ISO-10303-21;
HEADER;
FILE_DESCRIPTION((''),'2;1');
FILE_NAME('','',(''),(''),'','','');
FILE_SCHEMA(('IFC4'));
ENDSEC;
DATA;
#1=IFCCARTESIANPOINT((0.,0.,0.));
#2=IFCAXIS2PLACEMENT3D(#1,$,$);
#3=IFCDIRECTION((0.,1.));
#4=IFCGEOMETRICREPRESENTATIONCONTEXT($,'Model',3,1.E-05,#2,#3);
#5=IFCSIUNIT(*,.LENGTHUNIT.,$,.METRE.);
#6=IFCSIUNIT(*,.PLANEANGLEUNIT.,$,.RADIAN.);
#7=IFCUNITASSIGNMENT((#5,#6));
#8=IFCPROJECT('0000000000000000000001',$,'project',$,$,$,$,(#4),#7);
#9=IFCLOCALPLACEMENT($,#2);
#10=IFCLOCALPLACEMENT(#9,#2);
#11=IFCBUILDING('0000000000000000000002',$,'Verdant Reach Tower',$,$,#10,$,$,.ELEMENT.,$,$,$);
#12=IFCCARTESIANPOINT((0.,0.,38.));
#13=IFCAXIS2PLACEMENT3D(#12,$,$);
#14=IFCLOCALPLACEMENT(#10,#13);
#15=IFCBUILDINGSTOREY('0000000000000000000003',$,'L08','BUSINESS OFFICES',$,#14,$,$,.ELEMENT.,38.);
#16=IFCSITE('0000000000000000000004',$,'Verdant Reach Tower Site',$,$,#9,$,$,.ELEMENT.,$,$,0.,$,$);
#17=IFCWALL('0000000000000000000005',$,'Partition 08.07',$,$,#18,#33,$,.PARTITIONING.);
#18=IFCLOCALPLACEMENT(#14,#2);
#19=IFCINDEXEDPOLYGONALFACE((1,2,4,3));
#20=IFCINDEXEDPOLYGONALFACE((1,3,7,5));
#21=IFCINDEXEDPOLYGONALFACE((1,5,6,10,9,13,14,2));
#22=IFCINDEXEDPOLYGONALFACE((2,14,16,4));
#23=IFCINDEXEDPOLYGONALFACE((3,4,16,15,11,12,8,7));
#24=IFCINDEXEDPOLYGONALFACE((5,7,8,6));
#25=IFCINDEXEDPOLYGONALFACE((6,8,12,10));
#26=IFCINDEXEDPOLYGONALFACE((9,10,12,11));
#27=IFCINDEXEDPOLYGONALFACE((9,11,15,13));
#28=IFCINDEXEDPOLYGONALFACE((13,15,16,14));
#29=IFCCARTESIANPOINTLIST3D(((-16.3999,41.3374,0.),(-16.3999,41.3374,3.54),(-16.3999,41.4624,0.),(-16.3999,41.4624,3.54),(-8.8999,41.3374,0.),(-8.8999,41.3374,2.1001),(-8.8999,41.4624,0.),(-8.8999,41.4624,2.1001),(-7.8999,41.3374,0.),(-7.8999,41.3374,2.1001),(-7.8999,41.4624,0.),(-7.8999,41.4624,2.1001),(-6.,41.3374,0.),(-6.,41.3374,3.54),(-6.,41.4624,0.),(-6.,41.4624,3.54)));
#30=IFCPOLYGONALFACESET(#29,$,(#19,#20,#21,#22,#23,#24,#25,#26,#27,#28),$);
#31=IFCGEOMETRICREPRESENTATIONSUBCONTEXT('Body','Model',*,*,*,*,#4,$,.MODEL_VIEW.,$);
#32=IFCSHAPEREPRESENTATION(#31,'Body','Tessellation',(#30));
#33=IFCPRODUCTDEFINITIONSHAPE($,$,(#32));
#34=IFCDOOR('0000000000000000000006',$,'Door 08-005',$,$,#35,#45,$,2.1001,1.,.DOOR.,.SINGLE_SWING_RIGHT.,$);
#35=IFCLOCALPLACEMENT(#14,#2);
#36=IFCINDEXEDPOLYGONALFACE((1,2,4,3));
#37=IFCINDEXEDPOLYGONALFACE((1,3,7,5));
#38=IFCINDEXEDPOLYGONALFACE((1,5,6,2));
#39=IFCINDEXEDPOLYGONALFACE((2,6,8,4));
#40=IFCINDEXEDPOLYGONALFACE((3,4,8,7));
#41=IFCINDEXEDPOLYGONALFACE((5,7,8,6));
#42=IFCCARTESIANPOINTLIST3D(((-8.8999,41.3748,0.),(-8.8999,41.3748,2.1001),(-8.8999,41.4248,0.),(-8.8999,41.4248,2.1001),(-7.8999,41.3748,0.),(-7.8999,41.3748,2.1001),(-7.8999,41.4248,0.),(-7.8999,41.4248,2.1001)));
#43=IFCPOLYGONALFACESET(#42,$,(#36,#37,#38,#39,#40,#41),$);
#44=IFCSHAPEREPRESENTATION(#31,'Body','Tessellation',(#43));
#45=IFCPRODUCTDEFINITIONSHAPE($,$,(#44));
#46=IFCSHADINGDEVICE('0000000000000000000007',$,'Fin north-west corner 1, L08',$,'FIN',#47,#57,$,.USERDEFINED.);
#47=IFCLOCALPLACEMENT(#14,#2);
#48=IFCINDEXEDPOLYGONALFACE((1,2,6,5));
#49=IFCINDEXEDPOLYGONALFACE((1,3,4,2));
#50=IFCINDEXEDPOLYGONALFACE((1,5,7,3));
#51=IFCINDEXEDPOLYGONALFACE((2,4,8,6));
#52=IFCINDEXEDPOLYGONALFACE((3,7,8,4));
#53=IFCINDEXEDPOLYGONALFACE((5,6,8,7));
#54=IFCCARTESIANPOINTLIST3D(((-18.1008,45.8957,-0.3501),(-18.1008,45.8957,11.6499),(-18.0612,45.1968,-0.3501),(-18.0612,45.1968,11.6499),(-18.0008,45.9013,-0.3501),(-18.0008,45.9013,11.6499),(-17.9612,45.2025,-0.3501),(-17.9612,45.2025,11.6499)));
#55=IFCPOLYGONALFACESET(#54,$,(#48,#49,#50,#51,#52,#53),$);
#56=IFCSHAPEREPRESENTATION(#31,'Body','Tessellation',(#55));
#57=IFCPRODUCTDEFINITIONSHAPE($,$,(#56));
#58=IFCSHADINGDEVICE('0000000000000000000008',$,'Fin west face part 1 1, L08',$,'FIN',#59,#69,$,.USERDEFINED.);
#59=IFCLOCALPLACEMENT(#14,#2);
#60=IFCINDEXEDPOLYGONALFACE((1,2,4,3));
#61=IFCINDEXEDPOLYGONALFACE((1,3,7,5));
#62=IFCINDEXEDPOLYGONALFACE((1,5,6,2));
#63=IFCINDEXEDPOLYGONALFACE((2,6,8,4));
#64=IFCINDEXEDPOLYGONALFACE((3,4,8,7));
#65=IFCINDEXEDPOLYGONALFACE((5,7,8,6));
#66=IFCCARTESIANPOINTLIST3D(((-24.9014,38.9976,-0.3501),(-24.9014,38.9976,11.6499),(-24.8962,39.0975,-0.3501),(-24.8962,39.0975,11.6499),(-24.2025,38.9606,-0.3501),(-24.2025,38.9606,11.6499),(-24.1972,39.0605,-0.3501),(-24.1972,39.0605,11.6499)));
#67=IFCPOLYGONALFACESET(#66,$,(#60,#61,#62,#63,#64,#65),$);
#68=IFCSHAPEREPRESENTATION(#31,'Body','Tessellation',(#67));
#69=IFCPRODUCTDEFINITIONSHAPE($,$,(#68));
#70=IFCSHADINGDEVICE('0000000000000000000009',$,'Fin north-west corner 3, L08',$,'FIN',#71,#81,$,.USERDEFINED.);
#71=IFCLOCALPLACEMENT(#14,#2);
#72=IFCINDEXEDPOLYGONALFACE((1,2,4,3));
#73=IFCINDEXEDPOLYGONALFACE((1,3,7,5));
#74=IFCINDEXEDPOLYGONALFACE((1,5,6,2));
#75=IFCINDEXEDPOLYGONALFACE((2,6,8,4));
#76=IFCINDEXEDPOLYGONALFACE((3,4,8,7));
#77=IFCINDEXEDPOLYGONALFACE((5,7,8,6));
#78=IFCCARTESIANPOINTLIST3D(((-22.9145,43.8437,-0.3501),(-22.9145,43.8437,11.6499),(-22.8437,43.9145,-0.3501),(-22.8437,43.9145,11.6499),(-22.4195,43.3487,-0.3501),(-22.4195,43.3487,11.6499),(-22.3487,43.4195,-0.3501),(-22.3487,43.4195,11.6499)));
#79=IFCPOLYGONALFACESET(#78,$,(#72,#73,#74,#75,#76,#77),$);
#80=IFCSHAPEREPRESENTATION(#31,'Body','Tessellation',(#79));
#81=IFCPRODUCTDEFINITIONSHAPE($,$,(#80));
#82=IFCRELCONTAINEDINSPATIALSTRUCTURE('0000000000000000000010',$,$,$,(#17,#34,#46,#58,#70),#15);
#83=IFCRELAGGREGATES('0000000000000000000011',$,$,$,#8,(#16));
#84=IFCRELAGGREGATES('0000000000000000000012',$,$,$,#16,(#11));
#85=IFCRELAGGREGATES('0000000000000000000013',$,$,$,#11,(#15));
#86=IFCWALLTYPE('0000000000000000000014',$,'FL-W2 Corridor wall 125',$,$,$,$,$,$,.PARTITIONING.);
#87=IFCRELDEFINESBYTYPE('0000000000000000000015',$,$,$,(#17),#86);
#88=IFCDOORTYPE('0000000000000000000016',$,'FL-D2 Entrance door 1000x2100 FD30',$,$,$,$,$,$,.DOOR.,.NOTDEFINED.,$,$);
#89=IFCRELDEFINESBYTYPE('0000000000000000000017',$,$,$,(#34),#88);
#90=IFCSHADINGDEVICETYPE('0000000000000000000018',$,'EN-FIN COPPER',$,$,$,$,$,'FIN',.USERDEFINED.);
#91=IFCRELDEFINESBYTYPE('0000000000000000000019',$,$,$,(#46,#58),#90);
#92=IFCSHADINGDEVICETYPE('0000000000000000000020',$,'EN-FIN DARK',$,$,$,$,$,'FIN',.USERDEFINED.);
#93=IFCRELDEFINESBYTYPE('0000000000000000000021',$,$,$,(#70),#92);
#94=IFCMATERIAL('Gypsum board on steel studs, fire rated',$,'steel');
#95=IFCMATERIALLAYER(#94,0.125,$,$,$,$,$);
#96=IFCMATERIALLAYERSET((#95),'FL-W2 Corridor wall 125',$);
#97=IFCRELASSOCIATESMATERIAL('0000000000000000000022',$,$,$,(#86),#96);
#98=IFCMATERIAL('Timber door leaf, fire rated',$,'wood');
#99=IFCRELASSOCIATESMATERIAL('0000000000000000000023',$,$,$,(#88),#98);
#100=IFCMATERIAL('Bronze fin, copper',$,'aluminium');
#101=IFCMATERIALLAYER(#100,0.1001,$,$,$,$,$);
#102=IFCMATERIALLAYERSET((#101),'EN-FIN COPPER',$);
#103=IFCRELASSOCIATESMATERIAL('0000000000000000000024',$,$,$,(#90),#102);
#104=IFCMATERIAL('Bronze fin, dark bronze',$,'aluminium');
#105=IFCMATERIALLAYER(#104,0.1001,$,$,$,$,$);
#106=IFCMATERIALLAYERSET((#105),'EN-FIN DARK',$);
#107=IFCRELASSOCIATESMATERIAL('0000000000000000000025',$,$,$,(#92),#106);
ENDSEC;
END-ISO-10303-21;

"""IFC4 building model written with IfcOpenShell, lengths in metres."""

from ifc_helpers import new_model, si_unit, direction, frame, frame_2d, origin, origin_2d, place, context, subcontext, project, spatial, rectangle, extrude, material, layer, layer_set, type_object, element, fill, save


model = new_model("IFC4")

# Units and contexts
model_context = context("Model", 3, precision=1e-05, world=origin(), true_north=direction((0.0, 1.0)))
body_context = subcontext(model_context, "Body", "Model", "MODEL_VIEW")
ifc_project = project(units=[si_unit("LENGTHUNIT", "METRE"), si_unit("PLANEANGLEUNIT", "RADIAN")], contexts=[model_context])

# Site, building, storey
site_placement = place(None, origin())
site = spatial("IfcSite", under=ifc_project, at=site_placement, Name="Verdant Reach Tower Site", CompositionType="ELEMENT", RefElevation=0.0)
building_placement = place(site_placement, origin())
building = spatial("IfcBuilding", under=site, at=building_placement, Name="Verdant Reach Tower", CompositionType="ELEMENT")
storey_placement = place(building_placement, frame((0.0, 0.0, 38.0)))
storey = spatial("IfcBuildingStorey", under=building, at=storey_placement, Name="L08", Description="BUSINESS OFFICES", CompositionType="ELEMENT", Elevation=38.0)

# Wall, opening, door
ifc_material_1 = material(Name="Gypsum board on steel studs, fire rated", Category="steel")
ifc_layer_1 = layer(ifc_material_1, 0.125)
ifc_layer_set_1 = layer_set([ifc_layer_1], Name="FL-W2 Corridor wall 125")
wall_type_1 = type_object("IfcWallType", Name="FL-W2 Corridor wall 125", PredefinedType="PARTITIONING", material=ifc_layer_set_1)
wall_1_placement = place(storey_placement, frame((-16.3999, 41.3999, 0.0), z_axis=(0.0, 0.0, 1.0), x_axis=(1.0, 0.0, 0.0)))
wall_1 = element("IfcWall", 1, at=wall_1_placement, inside=storey, type_object=wall_type_1, Name="Partition 08.07", PredefinedType="PARTITIONING", context=body_context, shape_type="SweptSolid", body=[
    extrude(rectangle(XDim=10.3999, YDim=0.125, at=frame_2d((5.2, 0.0))), origin(), (0.0, 0.0, 1.0), 3.54),
])
opening_placement = place(wall_1_placement, frame((7.5, 0.0, 0.0)))
opening = element("IfcOpeningElement", 2, at=opening_placement, cuts=wall_1, PredefinedType="OPENING", context=body_context, shape_type="SweptSolid", body=[
    extrude(rectangle(XDim=1.0, YDim=2.1001, at=frame_2d((0.5, 1.05))), frame((0.0, 0.0725, 0.0), z_axis=(0.0, -1.0, 0.0), x_axis=(1.0, 0.0, 0.0)), (0.0, 0.0, 1.0), 0.145),
])
ifc_material_2 = material(Name="Timber door leaf, fire rated", Category="wood")
door_type = type_object("IfcDoorType", Name="FL-D2 Entrance door 1000x2100 FD30", OperationType="NOTDEFINED", PredefinedType="DOOR", material=ifc_material_2)
door_placement = place(opening_placement, origin())
door = element("IfcDoor", 3, at=door_placement, inside=storey, type_object=door_type, Name="Door 08-005", OperationType="SINGLE_SWING_RIGHT", OverallHeight=2.1001, OverallWidth=1.0, PredefinedType="DOOR", context=body_context, shape_type="SweptSolid", body=[
    extrude(rectangle(XDim=1.0, YDim=2.1001, at=frame_2d((0.5, 1.05))), frame((0.0, 0.0249, 0.0), z_axis=(0.0, -1.0, 0.0), x_axis=(1.0, 0.0, 0.0)), (0.0, 0.0, 1.0), 0.05),
])
fill(opening, door)

# Shading devices
ifc_material_3 = material(Name="Bronze fin, copper", Category="aluminium")
ifc_layer_2 = layer(ifc_material_3, 0.1001)
ifc_layer_set_2 = layer_set([ifc_layer_2], Name="EN-FIN COPPER")
shading_device_type_1 = type_object("IfcShadingDeviceType", Name="EN-FIN COPPER", ElementType="FIN", PredefinedType="USERDEFINED", material=ifc_layer_set_2)
for number, where, z_axis, x_axis, name in (
    (4, (-18.031, 45.5491, -0.3501), (0.0, 0.0, 1.0), (-0.998399, -0.056569, 0.0), "Fin north-west corner 1, L08"),
    (5, (-24.5493, 39.0291, -0.3501), (0.0, 0.0, 1.0), (-0.052815, -0.998604, 0.0), "Fin west face part 1 1, L08"),
):
    element("IfcShadingDevice", number, at=place(storey_placement, frame(where, z_axis=z_axis, x_axis=x_axis)), inside=storey, type_object=shading_device_type_1, Name=name, ObjectType="FIN", PredefinedType="USERDEFINED", context=body_context, shape_type="SweptSolid", body=[
        extrude(rectangle(XDim=0.1001, YDim=0.7, at=origin_2d()), origin(), (0.0, 0.0, 1.0), 12.0),
    ])
ifc_material_4 = material(Name="Bronze fin, dark bronze", Category="aluminium")
ifc_layer_3 = layer(ifc_material_4, 0.1001)
ifc_layer_set_3 = layer_set([ifc_layer_3], Name="EN-FIN DARK")
shading_device_type_2 = type_object("IfcShadingDeviceType", Name="EN-FIN DARK", ElementType="FIN", PredefinedType="USERDEFINED", material=ifc_layer_set_3)
shading_device_placement = place(storey_placement, frame((-22.6316, 43.6316, -0.3501), z_axis=(0.0, 0.0, 1.0), x_axis=(-0.707107, -0.707107, 0.0)))
element("IfcShadingDevice", 6, at=shading_device_placement, inside=storey, type_object=shading_device_type_2, Name="Fin north-west corner 3, L08", ObjectType="FIN", PredefinedType="USERDEFINED", context=body_context, shape_type="SweptSolid", body=[
    extrude(rectangle(XDim=0.1001, YDim=0.7, at=origin_2d()), origin(), (0.0, 0.0, 1.0), 12.0),
])

save(model, "model.ifc")
